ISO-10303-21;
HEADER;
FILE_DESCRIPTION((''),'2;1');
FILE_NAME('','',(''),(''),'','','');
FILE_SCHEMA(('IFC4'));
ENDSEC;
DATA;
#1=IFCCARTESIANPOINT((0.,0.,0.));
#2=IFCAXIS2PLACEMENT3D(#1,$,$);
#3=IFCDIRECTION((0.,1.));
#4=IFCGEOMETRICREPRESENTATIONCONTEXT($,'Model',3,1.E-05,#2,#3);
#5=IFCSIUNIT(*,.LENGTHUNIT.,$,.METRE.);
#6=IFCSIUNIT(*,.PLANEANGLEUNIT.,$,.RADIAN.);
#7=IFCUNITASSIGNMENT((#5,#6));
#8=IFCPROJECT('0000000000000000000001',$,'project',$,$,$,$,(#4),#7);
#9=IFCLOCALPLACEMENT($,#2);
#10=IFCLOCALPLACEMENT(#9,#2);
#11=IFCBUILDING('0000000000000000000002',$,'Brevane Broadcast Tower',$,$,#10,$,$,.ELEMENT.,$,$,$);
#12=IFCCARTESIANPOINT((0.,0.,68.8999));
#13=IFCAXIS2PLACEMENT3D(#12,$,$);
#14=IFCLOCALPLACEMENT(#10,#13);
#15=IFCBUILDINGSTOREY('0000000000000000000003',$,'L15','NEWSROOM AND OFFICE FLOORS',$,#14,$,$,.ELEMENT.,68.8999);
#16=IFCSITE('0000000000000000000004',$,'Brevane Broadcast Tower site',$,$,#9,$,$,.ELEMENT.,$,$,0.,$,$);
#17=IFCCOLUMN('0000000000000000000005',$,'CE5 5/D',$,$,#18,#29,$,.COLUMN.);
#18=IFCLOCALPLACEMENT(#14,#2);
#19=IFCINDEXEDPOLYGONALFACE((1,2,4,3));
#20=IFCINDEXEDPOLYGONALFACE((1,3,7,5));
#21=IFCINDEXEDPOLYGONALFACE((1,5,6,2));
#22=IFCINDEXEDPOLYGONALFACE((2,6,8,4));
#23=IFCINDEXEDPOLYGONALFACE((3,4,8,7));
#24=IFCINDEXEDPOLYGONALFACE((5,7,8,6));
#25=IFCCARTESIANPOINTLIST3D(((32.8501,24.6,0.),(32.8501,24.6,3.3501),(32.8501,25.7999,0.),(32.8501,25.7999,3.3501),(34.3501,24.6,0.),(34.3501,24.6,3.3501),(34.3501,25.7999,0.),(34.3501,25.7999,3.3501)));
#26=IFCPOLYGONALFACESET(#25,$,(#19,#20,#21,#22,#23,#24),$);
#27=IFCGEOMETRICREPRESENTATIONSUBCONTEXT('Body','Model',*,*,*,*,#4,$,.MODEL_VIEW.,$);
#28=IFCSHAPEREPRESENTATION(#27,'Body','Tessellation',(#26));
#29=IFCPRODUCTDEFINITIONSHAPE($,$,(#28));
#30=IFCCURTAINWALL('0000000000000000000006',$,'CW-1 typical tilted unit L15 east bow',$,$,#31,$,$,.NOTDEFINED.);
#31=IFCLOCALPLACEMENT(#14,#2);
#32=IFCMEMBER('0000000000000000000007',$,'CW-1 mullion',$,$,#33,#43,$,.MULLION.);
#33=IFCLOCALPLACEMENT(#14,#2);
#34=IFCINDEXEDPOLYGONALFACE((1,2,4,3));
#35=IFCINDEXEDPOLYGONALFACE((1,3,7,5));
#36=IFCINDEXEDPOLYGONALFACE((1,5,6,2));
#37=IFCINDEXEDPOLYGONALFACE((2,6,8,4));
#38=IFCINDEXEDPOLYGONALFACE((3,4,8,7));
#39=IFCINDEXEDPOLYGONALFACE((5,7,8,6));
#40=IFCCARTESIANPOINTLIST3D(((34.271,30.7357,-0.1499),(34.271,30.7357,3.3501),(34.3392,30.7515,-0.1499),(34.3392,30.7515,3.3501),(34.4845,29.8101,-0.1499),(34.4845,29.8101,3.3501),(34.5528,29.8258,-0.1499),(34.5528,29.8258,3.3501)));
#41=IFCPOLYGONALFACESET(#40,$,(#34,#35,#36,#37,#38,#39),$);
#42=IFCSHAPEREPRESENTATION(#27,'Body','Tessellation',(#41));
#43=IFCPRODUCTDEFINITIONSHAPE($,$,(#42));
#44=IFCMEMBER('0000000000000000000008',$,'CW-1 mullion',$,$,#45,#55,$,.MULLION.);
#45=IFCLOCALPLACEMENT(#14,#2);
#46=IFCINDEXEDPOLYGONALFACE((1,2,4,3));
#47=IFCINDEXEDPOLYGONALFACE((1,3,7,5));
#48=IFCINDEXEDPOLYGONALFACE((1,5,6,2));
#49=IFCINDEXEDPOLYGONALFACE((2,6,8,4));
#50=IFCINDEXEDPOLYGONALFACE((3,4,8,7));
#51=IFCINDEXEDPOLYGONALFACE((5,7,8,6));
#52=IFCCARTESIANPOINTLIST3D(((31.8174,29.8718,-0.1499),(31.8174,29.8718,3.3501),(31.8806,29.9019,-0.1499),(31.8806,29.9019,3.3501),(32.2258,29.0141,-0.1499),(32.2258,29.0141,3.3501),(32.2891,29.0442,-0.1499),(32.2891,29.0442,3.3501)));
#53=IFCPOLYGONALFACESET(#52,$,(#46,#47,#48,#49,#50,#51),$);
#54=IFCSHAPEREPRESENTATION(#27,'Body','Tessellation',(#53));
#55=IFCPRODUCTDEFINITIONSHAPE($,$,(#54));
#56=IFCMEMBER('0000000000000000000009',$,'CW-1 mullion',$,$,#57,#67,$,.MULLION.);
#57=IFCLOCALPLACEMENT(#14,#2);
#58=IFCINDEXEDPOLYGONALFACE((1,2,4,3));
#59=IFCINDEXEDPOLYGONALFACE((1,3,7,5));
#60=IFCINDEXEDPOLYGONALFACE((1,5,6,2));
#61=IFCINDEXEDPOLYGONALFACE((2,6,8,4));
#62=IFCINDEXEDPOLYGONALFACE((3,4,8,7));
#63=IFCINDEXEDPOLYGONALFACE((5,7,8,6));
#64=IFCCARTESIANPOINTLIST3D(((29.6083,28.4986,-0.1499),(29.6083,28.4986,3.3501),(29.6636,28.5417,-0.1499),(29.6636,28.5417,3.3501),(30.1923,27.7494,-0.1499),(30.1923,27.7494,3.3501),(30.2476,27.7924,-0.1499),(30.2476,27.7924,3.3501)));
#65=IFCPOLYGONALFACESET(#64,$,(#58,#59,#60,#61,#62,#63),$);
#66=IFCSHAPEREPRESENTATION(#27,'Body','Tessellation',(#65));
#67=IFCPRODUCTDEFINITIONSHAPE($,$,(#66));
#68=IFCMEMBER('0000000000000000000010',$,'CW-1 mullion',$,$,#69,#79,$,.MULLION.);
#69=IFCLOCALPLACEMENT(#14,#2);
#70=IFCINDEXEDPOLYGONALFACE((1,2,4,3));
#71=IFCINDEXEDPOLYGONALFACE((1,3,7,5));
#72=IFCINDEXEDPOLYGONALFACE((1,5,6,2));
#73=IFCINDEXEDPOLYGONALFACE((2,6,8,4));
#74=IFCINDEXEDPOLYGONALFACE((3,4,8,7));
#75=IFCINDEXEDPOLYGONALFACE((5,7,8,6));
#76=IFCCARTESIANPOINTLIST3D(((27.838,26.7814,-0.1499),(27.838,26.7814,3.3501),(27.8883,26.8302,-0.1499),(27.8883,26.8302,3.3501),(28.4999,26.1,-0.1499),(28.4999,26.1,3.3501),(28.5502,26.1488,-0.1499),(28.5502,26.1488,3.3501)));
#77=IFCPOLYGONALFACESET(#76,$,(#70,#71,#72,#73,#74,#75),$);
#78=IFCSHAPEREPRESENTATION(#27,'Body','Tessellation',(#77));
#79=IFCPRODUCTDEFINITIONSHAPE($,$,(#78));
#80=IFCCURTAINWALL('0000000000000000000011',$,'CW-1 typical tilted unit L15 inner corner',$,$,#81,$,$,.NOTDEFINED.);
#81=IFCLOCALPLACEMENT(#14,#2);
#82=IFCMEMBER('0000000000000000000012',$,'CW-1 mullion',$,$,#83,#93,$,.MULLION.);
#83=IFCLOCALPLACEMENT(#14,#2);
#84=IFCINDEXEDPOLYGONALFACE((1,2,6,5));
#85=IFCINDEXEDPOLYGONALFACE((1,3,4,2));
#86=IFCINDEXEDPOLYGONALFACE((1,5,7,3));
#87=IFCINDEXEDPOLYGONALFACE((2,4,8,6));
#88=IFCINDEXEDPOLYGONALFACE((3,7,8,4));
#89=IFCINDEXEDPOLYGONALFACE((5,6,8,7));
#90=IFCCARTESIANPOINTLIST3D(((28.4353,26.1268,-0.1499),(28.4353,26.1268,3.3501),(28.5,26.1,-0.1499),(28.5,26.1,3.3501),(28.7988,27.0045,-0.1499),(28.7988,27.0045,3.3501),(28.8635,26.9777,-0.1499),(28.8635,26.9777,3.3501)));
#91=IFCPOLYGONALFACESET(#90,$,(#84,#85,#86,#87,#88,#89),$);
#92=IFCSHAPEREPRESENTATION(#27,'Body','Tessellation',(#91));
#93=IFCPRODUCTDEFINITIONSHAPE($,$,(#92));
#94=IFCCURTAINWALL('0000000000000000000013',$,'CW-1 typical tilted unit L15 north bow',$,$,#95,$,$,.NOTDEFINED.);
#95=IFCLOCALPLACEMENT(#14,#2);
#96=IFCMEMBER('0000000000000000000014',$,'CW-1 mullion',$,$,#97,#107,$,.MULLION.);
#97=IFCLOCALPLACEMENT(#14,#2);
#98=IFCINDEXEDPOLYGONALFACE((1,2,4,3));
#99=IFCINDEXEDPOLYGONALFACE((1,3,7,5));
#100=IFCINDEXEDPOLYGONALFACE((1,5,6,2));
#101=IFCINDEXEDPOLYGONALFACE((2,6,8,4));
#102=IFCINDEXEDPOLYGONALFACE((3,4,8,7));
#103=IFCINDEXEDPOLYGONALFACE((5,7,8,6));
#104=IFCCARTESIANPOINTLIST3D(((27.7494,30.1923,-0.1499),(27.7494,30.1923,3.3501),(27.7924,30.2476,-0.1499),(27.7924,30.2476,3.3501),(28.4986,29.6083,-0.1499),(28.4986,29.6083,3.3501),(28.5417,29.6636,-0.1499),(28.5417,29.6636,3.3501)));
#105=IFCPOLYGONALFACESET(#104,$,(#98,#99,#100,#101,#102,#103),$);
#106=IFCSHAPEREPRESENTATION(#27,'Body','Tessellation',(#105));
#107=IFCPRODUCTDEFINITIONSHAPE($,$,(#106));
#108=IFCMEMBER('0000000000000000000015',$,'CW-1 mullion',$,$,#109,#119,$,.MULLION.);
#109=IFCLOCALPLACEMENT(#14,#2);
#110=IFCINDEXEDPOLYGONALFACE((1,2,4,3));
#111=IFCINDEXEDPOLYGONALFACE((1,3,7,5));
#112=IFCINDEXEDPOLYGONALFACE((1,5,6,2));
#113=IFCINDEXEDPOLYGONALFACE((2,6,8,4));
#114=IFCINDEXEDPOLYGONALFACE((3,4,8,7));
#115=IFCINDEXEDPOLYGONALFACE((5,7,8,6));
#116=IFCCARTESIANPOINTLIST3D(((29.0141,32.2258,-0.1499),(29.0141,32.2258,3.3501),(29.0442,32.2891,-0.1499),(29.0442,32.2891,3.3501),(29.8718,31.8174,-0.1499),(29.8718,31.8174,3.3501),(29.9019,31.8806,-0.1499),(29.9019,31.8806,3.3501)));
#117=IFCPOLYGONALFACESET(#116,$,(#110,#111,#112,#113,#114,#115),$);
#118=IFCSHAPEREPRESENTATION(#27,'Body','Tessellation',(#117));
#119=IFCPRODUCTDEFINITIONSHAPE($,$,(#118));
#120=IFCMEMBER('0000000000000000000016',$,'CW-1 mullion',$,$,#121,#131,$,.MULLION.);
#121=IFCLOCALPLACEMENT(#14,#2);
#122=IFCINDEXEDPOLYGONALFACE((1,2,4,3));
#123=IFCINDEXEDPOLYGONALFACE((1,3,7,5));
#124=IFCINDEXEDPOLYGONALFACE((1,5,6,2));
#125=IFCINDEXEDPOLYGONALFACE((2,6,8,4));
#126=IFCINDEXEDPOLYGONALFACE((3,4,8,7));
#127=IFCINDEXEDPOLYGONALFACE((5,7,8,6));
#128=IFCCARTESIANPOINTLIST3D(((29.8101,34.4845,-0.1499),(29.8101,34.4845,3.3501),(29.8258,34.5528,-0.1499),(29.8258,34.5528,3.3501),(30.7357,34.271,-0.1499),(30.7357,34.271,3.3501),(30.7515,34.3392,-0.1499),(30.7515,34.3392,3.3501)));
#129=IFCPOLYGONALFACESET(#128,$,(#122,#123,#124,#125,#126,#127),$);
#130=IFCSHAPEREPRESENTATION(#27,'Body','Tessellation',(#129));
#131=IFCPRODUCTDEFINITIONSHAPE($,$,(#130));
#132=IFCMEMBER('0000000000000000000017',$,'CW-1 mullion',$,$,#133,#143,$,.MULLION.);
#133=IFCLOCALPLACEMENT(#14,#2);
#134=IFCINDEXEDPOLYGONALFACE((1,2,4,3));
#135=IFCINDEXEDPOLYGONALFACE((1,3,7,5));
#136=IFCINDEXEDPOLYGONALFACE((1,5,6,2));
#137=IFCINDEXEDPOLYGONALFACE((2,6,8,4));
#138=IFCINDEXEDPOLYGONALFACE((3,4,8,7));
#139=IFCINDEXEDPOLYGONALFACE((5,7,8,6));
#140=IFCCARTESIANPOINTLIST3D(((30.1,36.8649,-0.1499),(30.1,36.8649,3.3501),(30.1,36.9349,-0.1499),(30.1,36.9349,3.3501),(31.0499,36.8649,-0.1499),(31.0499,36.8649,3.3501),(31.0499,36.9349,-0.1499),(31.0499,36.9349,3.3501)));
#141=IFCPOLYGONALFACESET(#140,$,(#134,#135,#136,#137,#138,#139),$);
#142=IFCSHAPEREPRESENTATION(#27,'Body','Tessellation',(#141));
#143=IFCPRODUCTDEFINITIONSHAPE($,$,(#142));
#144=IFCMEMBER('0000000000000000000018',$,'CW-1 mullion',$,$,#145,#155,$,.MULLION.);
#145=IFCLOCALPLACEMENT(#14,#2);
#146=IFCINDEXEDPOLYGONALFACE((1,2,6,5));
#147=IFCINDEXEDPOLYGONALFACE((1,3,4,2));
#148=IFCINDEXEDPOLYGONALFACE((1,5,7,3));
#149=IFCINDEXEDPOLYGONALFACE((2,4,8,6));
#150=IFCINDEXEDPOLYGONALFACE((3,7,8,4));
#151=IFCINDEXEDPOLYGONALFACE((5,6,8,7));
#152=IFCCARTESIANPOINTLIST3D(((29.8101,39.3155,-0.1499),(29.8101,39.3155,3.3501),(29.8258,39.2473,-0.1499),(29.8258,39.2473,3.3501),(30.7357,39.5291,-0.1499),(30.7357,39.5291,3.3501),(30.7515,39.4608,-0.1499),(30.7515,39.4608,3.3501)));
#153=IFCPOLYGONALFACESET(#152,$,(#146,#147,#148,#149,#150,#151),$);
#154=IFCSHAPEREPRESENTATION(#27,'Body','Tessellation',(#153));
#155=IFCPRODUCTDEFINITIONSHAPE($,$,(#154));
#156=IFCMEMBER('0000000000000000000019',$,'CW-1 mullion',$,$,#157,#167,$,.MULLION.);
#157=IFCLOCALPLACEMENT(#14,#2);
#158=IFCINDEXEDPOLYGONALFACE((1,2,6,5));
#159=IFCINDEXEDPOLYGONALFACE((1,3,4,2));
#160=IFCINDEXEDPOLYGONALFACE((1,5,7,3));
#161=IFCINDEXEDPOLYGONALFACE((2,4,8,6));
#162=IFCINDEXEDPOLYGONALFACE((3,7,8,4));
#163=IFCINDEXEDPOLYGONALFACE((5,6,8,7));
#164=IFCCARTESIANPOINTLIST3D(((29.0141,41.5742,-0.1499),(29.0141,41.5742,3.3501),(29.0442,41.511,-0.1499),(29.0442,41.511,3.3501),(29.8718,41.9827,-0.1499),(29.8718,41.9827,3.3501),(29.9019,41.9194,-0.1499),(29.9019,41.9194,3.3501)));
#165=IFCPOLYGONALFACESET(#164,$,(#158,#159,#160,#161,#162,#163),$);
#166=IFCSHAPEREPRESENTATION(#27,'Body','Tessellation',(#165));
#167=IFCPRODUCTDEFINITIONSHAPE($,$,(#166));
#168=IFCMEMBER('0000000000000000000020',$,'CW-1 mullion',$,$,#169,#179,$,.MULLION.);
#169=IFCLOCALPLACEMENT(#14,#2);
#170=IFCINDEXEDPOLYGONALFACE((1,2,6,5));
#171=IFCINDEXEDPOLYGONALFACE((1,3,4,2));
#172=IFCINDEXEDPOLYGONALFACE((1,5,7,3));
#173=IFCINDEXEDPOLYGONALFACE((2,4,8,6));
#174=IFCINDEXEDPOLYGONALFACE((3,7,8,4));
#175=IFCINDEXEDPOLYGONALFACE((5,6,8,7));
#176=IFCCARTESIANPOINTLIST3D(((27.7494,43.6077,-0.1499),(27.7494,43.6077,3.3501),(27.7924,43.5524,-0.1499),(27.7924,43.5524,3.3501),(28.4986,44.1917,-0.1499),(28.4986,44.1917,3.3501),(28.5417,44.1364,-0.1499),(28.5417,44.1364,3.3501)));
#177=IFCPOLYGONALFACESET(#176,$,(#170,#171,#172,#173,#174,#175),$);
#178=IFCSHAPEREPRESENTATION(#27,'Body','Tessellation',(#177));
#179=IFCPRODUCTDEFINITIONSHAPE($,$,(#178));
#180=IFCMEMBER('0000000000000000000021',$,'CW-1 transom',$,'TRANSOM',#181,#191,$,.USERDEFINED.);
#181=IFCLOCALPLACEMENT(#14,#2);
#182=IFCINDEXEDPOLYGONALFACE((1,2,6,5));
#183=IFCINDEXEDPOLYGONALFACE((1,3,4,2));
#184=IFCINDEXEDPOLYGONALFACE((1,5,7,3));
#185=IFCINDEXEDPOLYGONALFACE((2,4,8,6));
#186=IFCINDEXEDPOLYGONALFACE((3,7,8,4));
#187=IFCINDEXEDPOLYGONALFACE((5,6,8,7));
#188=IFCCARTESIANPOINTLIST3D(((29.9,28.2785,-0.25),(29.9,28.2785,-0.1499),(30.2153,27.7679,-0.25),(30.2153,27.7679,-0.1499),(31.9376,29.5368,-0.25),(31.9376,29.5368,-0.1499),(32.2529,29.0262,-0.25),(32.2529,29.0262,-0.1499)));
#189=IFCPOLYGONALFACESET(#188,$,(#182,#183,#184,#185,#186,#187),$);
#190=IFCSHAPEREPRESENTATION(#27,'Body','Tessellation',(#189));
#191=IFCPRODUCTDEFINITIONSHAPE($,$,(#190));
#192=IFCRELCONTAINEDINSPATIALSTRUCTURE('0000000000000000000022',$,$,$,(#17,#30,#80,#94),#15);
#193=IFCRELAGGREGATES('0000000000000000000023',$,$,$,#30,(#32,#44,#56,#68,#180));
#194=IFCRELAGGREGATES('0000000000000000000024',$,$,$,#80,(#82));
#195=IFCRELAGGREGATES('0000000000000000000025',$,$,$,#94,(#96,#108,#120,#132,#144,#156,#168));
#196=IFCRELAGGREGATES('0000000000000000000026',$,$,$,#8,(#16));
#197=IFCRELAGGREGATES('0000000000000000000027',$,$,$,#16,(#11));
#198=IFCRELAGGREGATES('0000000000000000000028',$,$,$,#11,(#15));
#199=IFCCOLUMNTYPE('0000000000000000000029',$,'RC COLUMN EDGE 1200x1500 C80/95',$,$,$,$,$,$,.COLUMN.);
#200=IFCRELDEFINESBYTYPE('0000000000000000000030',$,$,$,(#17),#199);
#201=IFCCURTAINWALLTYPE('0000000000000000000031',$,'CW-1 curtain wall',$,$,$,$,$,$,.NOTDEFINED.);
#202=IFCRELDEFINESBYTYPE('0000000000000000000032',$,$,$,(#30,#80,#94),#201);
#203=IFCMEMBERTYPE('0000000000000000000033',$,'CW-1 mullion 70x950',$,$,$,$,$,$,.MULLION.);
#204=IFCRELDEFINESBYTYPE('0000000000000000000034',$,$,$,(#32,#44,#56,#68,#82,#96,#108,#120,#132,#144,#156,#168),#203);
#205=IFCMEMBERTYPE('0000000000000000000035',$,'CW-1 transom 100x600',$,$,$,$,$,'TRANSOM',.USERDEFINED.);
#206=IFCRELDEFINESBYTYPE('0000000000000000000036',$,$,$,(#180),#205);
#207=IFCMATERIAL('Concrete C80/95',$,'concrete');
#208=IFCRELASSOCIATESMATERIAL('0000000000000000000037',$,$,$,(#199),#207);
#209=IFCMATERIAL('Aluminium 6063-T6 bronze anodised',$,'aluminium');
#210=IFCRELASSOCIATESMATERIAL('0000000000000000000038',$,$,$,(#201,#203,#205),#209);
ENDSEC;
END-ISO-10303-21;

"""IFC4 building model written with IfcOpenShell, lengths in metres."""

from ifc_helpers import new_model, si_unit, direction, frame, origin, origin_2d, place, context, subcontext, project, spatial, rectangle, extrude, material, material_profile, profile_set, type_object, element, aggregate, save


model = new_model("IFC4")

# Units and contexts
model_context = context("Model", 3, precision=1e-05, world=origin(), true_north=direction((0.0, 1.0)))
body_context = subcontext(model_context, "Body", "Model", "MODEL_VIEW")
ifc_project = project(units=[si_unit("LENGTHUNIT", "METRE"), si_unit("PLANEANGLEUNIT", "RADIAN")], contexts=[model_context])

# Site, building, storey
site_placement = place(None, origin())
site = spatial("IfcSite", under=ifc_project, at=site_placement, Name="Brevane Broadcast Tower site", CompositionType="ELEMENT", RefElevation=0.0)
building_placement = place(site_placement, origin())
building = spatial("IfcBuilding", under=site, at=building_placement, Name="Brevane Broadcast Tower", CompositionType="ELEMENT")
storey_placement = place(building_placement, frame((0.0, 0.0, 68.8999)))
storey = spatial("IfcBuildingStorey", under=building, at=storey_placement, Name="L15", Description="NEWSROOM AND OFFICE FLOORS", CompositionType="ELEMENT", Elevation=68.8999)

# Column
ifc_material_1 = material(Name="Concrete C80/95", Category="concrete")
ifc_material_profile_1 = material_profile(ifc_material_1, rectangle(XDim=1.2, YDim=1.5, at=origin_2d()), Name="RC 1200x1500")
ifc_profile_set_1 = profile_set([ifc_material_profile_1], Name="Concrete C80/95")
column_type = type_object("IfcColumnType", Name="RC COLUMN EDGE 1200x1500 C80/95", PredefinedType="COLUMN", material=ifc_profile_set_1)
column_placement = place(storey_placement, frame((33.6001, 25.2, 0.0), z_axis=(0.0, 0.0, 1.0), x_axis=(0.0, 1.0, 0.0)))
element("IfcColumn", 1, at=column_placement, inside=storey, type_object=column_type, Name="CE5 5/D", PredefinedType="COLUMN", context=body_context, shape_type="SweptSolid", body=[
    extrude(rectangle(XDim=1.2, YDim=1.5, at=origin_2d()), origin(), (0.0, 0.0, 1.0), 3.3501),
])

# Curtain wall, members
ifc_material_2 = material(Name="Aluminium 6063-T6 bronze anodised", Category="aluminium")
curtain_wall_type = type_object("IfcCurtainWallType", Name="CW-1 curtain wall", PredefinedType="NOTDEFINED", material=ifc_material_2)
curtain_wall_1_placement = place(storey_placement, origin())
curtain_wall_1 = element("IfcCurtainWall", 2, at=curtain_wall_1_placement, inside=storey, type_object=curtain_wall_type, Name="CW-1 typical tilted unit L15 east bow", PredefinedType="NOTDEFINED")
ifc_material_profile_2 = material_profile(ifc_material_2, rectangle(XDim=0.95, YDim=0.0701, at=origin_2d()), Name="RECT 70x950")
ifc_profile_set_2 = profile_set([ifc_material_profile_2], Name="Aluminium 6063-T6 bronze anodised")
member_type_1 = type_object("IfcMemberType", Name="CW-1 mullion 70x950", PredefinedType="MULLION", material=ifc_profile_set_2)
member_1_placement = place(storey_placement, frame((34.4119, 30.2808, -0.1499), z_axis=(0.0, 0.0, 1.0), x_axis=(0.224806, -0.974403, 0.0)))
member_1 = element("IfcMember", 3, at=member_1_placement, type_object=member_type_1, Name="CW-1 mullion", PredefinedType="MULLION", context=body_context, shape_type="SweptSolid", body=[
    extrude(rectangle(XDim=0.95, YDim=0.0701, at=origin_2d()), origin(), (0.0, 0.0, 1.0), 3.5),
])
member_2_placement = place(storey_placement, frame((32.0532, 29.458, -0.1499), z_axis=(0.0, 0.0, 1.0), x_axis=(0.429934, -0.902861, 0.0)))
member_2 = element("IfcMember", 4, at=member_2_placement, type_object=member_type_1, Name="CW-1 mullion", PredefinedType="MULLION", context=body_context, shape_type="SweptSolid", body=[
    extrude(rectangle(XDim=0.95, YDim=0.0701, at=origin_2d()), origin(), (0.0, 0.0, 1.0), 3.5),
])
member_3_placement = place(storey_placement, frame((29.928, 28.1455, -0.1499), z_axis=(0.0, 0.0, 1.0), x_axis=(0.61477, -0.788707, 0.0)))
member_3 = element("IfcMember", 5, at=member_3_placement, type_object=member_type_1, Name="CW-1 mullion", PredefinedType="MULLION", context=body_context, shape_type="SweptSolid", body=[
    extrude(rectangle(XDim=0.95, YDim=0.0701, at=origin_2d()), origin(), (0.0, 0.0, 1.0), 3.5),
])
member_4_placement = place(storey_placement, frame((28.1941, 26.4651, -0.1499), z_axis=(0.0, 0.0, 1.0), x_axis=(0.696812, -0.717254, 0.0)))
member_4 = element("IfcMember", 6, at=member_4_placement, type_object=member_type_1, Name="CW-1 mullion", PredefinedType="MULLION", context=body_context, shape_type="SweptSolid", body=[
    extrude(rectangle(XDim=0.95, YDim=0.0701, at=origin_2d()), origin(), (0.0, 0.0, 1.0), 3.5),
])

# Curtain wall, member
curtain_wall_2_placement = place(storey_placement, origin())
curtain_wall_2 = element("IfcCurtainWall", 7, at=curtain_wall_2_placement, inside=storey, type_object=curtain_wall_type, Name="CW-1 typical tilted unit L15 inner corner", PredefinedType="NOTDEFINED")
member_5_placement = place(storey_placement, frame((28.6494, 26.5522, -0.1499), z_axis=(0.0, 0.0, 1.0), x_axis=(-0.382684, -0.923879, 0.0)))
member_5 = element("IfcMember", 8, at=member_5_placement, type_object=member_type_1, Name="CW-1 mullion", PredefinedType="MULLION", context=body_context, shape_type="SweptSolid", body=[
    extrude(rectangle(XDim=0.95, YDim=0.0701, at=origin_2d()), origin(), (0.0, 0.0, 1.0), 3.5),
])

# Curtain wall, members
curtain_wall_3_placement = place(storey_placement, origin())
curtain_wall_3 = element("IfcCurtainWall", 9, at=curtain_wall_3_placement, inside=storey, type_object=curtain_wall_type, Name="CW-1 typical tilted unit L15 north bow", PredefinedType="NOTDEFINED")
member_6_placement = place(storey_placement, frame((28.1455, 29.928, -0.1499), z_axis=(0.0, 0.0, 1.0), x_axis=(-0.788707, 0.61477, 0.0)))
member_6 = element("IfcMember", 10, at=member_6_placement, type_object=member_type_1, Name="CW-1 mullion", PredefinedType="MULLION", context=body_context, shape_type="SweptSolid", body=[
    extrude(rectangle(XDim=0.95, YDim=0.0701, at=origin_2d()), origin(), (0.0, 0.0, 1.0), 3.5),
])
member_7_placement = place(storey_placement, frame((29.458, 32.0532, -0.1499), z_axis=(0.0, 0.0, 1.0), x_axis=(-0.902861, 0.429934, 0.0)))
member_7 = element("IfcMember", 11, at=member_7_placement, type_object=member_type_1, Name="CW-1 mullion", PredefinedType="MULLION", context=body_context, shape_type="SweptSolid", body=[
    extrude(rectangle(XDim=0.95, YDim=0.0701, at=origin_2d()), origin(), (0.0, 0.0, 1.0), 3.5),
])
member_8_placement = place(storey_placement, frame((30.2808, 34.4119, -0.1499), z_axis=(0.0, 0.0, 1.0), x_axis=(-0.974403, 0.224806, 0.0)))
member_8 = element("IfcMember", 12, at=member_8_placement, type_object=member_type_1, Name="CW-1 mullion", PredefinedType="MULLION", context=body_context, shape_type="SweptSolid", body=[
    extrude(rectangle(XDim=0.95, YDim=0.0701, at=origin_2d()), origin(), (0.0, 0.0, 1.0), 3.5),
])
member_9_placement = place(storey_placement, frame((30.575, 36.8999, -0.1499), z_axis=(0.0, 0.0, 1.0), x_axis=(-1.0, 0.0, 0.0)))
member_9 = element("IfcMember", 13, at=member_9_placement, type_object=member_type_1, Name="CW-1 mullion", PredefinedType="MULLION", context=body_context, shape_type="SweptSolid", body=[
    extrude(rectangle(XDim=0.95, YDim=0.0701, at=origin_2d()), origin(), (0.0, 0.0, 1.0), 3.5),
])
member_10_placement = place(storey_placement, frame((30.2808, 39.3882, -0.1499), z_axis=(0.0, 0.0, 1.0), x_axis=(-0.974403, -0.224806, 0.0)))
member_10 = element("IfcMember", 14, at=member_10_placement, type_object=member_type_1, Name="CW-1 mullion", PredefinedType="MULLION", context=body_context, shape_type="SweptSolid", body=[
    extrude(rectangle(XDim=0.95, YDim=0.0701, at=origin_2d()), origin(), (0.0, 0.0, 1.0), 3.5),
])
member_11_placement = place(storey_placement, frame((29.458, 41.7468, -0.1499), z_axis=(0.0, 0.0, 1.0), x_axis=(-0.902861, -0.429934, 0.0)))
member_11 = element("IfcMember", 15, at=member_11_placement, type_object=member_type_1, Name="CW-1 mullion", PredefinedType="MULLION", context=body_context, shape_type="SweptSolid", body=[
    extrude(rectangle(XDim=0.95, YDim=0.0701, at=origin_2d()), origin(), (0.0, 0.0, 1.0), 3.5),
])
member_12_placement = place(storey_placement, frame((28.1455, 43.8721, -0.1499), z_axis=(0.0, 0.0, 1.0), x_axis=(-0.788707, -0.61477, 0.0)))
member_12 = element("IfcMember", 16, at=member_12_placement, type_object=member_type_1, Name="CW-1 mullion", PredefinedType="MULLION", context=body_context, shape_type="SweptSolid", body=[
    extrude(rectangle(XDim=0.95, YDim=0.0701, at=origin_2d()), origin(), (0.0, 0.0, 1.0), 3.5),
])

# Member
ifc_material_profile_3 = material_profile(ifc_material_2, rectangle(XDim=0.6001, YDim=0.1001, at=origin_2d()), Name="RECT 100x600")
ifc_profile_set_3 = profile_set([ifc_material_profile_3], Name="Aluminium 6063-T6 bronze anodised")
member_type_2 = type_object("IfcMemberType", Name="CW-1 transom 100x600", ElementType="TRANSOM", PredefinedType="USERDEFINED", material=ifc_profile_set_3)
member_13_placement = place(storey_placement, frame((32.0952, 29.2815, -0.2), z_axis=(-0.850838, -0.525428, 0.0), x_axis=(0.525428, -0.850838, 0.0)))
member_13 = element("IfcMember", 17, at=member_13_placement, type_object=member_type_2, Name="CW-1 transom", ObjectType="TRANSOM", PredefinedType="USERDEFINED", context=body_context, shape_type="SweptSolid", body=[
    extrude(rectangle(XDim=0.6001, YDim=0.1001, at=origin_2d()), origin(), (0.0, 0.0, 1.0), 2.3948),
])
aggregate(curtain_wall_1, [member_1, member_2, member_3, member_4, member_13])
aggregate(curtain_wall_2, [member_5])
aggregate(curtain_wall_3, [member_6, member_7, member_8, member_9, member_10, member_11, member_12])

save(model, "model.ifc")
